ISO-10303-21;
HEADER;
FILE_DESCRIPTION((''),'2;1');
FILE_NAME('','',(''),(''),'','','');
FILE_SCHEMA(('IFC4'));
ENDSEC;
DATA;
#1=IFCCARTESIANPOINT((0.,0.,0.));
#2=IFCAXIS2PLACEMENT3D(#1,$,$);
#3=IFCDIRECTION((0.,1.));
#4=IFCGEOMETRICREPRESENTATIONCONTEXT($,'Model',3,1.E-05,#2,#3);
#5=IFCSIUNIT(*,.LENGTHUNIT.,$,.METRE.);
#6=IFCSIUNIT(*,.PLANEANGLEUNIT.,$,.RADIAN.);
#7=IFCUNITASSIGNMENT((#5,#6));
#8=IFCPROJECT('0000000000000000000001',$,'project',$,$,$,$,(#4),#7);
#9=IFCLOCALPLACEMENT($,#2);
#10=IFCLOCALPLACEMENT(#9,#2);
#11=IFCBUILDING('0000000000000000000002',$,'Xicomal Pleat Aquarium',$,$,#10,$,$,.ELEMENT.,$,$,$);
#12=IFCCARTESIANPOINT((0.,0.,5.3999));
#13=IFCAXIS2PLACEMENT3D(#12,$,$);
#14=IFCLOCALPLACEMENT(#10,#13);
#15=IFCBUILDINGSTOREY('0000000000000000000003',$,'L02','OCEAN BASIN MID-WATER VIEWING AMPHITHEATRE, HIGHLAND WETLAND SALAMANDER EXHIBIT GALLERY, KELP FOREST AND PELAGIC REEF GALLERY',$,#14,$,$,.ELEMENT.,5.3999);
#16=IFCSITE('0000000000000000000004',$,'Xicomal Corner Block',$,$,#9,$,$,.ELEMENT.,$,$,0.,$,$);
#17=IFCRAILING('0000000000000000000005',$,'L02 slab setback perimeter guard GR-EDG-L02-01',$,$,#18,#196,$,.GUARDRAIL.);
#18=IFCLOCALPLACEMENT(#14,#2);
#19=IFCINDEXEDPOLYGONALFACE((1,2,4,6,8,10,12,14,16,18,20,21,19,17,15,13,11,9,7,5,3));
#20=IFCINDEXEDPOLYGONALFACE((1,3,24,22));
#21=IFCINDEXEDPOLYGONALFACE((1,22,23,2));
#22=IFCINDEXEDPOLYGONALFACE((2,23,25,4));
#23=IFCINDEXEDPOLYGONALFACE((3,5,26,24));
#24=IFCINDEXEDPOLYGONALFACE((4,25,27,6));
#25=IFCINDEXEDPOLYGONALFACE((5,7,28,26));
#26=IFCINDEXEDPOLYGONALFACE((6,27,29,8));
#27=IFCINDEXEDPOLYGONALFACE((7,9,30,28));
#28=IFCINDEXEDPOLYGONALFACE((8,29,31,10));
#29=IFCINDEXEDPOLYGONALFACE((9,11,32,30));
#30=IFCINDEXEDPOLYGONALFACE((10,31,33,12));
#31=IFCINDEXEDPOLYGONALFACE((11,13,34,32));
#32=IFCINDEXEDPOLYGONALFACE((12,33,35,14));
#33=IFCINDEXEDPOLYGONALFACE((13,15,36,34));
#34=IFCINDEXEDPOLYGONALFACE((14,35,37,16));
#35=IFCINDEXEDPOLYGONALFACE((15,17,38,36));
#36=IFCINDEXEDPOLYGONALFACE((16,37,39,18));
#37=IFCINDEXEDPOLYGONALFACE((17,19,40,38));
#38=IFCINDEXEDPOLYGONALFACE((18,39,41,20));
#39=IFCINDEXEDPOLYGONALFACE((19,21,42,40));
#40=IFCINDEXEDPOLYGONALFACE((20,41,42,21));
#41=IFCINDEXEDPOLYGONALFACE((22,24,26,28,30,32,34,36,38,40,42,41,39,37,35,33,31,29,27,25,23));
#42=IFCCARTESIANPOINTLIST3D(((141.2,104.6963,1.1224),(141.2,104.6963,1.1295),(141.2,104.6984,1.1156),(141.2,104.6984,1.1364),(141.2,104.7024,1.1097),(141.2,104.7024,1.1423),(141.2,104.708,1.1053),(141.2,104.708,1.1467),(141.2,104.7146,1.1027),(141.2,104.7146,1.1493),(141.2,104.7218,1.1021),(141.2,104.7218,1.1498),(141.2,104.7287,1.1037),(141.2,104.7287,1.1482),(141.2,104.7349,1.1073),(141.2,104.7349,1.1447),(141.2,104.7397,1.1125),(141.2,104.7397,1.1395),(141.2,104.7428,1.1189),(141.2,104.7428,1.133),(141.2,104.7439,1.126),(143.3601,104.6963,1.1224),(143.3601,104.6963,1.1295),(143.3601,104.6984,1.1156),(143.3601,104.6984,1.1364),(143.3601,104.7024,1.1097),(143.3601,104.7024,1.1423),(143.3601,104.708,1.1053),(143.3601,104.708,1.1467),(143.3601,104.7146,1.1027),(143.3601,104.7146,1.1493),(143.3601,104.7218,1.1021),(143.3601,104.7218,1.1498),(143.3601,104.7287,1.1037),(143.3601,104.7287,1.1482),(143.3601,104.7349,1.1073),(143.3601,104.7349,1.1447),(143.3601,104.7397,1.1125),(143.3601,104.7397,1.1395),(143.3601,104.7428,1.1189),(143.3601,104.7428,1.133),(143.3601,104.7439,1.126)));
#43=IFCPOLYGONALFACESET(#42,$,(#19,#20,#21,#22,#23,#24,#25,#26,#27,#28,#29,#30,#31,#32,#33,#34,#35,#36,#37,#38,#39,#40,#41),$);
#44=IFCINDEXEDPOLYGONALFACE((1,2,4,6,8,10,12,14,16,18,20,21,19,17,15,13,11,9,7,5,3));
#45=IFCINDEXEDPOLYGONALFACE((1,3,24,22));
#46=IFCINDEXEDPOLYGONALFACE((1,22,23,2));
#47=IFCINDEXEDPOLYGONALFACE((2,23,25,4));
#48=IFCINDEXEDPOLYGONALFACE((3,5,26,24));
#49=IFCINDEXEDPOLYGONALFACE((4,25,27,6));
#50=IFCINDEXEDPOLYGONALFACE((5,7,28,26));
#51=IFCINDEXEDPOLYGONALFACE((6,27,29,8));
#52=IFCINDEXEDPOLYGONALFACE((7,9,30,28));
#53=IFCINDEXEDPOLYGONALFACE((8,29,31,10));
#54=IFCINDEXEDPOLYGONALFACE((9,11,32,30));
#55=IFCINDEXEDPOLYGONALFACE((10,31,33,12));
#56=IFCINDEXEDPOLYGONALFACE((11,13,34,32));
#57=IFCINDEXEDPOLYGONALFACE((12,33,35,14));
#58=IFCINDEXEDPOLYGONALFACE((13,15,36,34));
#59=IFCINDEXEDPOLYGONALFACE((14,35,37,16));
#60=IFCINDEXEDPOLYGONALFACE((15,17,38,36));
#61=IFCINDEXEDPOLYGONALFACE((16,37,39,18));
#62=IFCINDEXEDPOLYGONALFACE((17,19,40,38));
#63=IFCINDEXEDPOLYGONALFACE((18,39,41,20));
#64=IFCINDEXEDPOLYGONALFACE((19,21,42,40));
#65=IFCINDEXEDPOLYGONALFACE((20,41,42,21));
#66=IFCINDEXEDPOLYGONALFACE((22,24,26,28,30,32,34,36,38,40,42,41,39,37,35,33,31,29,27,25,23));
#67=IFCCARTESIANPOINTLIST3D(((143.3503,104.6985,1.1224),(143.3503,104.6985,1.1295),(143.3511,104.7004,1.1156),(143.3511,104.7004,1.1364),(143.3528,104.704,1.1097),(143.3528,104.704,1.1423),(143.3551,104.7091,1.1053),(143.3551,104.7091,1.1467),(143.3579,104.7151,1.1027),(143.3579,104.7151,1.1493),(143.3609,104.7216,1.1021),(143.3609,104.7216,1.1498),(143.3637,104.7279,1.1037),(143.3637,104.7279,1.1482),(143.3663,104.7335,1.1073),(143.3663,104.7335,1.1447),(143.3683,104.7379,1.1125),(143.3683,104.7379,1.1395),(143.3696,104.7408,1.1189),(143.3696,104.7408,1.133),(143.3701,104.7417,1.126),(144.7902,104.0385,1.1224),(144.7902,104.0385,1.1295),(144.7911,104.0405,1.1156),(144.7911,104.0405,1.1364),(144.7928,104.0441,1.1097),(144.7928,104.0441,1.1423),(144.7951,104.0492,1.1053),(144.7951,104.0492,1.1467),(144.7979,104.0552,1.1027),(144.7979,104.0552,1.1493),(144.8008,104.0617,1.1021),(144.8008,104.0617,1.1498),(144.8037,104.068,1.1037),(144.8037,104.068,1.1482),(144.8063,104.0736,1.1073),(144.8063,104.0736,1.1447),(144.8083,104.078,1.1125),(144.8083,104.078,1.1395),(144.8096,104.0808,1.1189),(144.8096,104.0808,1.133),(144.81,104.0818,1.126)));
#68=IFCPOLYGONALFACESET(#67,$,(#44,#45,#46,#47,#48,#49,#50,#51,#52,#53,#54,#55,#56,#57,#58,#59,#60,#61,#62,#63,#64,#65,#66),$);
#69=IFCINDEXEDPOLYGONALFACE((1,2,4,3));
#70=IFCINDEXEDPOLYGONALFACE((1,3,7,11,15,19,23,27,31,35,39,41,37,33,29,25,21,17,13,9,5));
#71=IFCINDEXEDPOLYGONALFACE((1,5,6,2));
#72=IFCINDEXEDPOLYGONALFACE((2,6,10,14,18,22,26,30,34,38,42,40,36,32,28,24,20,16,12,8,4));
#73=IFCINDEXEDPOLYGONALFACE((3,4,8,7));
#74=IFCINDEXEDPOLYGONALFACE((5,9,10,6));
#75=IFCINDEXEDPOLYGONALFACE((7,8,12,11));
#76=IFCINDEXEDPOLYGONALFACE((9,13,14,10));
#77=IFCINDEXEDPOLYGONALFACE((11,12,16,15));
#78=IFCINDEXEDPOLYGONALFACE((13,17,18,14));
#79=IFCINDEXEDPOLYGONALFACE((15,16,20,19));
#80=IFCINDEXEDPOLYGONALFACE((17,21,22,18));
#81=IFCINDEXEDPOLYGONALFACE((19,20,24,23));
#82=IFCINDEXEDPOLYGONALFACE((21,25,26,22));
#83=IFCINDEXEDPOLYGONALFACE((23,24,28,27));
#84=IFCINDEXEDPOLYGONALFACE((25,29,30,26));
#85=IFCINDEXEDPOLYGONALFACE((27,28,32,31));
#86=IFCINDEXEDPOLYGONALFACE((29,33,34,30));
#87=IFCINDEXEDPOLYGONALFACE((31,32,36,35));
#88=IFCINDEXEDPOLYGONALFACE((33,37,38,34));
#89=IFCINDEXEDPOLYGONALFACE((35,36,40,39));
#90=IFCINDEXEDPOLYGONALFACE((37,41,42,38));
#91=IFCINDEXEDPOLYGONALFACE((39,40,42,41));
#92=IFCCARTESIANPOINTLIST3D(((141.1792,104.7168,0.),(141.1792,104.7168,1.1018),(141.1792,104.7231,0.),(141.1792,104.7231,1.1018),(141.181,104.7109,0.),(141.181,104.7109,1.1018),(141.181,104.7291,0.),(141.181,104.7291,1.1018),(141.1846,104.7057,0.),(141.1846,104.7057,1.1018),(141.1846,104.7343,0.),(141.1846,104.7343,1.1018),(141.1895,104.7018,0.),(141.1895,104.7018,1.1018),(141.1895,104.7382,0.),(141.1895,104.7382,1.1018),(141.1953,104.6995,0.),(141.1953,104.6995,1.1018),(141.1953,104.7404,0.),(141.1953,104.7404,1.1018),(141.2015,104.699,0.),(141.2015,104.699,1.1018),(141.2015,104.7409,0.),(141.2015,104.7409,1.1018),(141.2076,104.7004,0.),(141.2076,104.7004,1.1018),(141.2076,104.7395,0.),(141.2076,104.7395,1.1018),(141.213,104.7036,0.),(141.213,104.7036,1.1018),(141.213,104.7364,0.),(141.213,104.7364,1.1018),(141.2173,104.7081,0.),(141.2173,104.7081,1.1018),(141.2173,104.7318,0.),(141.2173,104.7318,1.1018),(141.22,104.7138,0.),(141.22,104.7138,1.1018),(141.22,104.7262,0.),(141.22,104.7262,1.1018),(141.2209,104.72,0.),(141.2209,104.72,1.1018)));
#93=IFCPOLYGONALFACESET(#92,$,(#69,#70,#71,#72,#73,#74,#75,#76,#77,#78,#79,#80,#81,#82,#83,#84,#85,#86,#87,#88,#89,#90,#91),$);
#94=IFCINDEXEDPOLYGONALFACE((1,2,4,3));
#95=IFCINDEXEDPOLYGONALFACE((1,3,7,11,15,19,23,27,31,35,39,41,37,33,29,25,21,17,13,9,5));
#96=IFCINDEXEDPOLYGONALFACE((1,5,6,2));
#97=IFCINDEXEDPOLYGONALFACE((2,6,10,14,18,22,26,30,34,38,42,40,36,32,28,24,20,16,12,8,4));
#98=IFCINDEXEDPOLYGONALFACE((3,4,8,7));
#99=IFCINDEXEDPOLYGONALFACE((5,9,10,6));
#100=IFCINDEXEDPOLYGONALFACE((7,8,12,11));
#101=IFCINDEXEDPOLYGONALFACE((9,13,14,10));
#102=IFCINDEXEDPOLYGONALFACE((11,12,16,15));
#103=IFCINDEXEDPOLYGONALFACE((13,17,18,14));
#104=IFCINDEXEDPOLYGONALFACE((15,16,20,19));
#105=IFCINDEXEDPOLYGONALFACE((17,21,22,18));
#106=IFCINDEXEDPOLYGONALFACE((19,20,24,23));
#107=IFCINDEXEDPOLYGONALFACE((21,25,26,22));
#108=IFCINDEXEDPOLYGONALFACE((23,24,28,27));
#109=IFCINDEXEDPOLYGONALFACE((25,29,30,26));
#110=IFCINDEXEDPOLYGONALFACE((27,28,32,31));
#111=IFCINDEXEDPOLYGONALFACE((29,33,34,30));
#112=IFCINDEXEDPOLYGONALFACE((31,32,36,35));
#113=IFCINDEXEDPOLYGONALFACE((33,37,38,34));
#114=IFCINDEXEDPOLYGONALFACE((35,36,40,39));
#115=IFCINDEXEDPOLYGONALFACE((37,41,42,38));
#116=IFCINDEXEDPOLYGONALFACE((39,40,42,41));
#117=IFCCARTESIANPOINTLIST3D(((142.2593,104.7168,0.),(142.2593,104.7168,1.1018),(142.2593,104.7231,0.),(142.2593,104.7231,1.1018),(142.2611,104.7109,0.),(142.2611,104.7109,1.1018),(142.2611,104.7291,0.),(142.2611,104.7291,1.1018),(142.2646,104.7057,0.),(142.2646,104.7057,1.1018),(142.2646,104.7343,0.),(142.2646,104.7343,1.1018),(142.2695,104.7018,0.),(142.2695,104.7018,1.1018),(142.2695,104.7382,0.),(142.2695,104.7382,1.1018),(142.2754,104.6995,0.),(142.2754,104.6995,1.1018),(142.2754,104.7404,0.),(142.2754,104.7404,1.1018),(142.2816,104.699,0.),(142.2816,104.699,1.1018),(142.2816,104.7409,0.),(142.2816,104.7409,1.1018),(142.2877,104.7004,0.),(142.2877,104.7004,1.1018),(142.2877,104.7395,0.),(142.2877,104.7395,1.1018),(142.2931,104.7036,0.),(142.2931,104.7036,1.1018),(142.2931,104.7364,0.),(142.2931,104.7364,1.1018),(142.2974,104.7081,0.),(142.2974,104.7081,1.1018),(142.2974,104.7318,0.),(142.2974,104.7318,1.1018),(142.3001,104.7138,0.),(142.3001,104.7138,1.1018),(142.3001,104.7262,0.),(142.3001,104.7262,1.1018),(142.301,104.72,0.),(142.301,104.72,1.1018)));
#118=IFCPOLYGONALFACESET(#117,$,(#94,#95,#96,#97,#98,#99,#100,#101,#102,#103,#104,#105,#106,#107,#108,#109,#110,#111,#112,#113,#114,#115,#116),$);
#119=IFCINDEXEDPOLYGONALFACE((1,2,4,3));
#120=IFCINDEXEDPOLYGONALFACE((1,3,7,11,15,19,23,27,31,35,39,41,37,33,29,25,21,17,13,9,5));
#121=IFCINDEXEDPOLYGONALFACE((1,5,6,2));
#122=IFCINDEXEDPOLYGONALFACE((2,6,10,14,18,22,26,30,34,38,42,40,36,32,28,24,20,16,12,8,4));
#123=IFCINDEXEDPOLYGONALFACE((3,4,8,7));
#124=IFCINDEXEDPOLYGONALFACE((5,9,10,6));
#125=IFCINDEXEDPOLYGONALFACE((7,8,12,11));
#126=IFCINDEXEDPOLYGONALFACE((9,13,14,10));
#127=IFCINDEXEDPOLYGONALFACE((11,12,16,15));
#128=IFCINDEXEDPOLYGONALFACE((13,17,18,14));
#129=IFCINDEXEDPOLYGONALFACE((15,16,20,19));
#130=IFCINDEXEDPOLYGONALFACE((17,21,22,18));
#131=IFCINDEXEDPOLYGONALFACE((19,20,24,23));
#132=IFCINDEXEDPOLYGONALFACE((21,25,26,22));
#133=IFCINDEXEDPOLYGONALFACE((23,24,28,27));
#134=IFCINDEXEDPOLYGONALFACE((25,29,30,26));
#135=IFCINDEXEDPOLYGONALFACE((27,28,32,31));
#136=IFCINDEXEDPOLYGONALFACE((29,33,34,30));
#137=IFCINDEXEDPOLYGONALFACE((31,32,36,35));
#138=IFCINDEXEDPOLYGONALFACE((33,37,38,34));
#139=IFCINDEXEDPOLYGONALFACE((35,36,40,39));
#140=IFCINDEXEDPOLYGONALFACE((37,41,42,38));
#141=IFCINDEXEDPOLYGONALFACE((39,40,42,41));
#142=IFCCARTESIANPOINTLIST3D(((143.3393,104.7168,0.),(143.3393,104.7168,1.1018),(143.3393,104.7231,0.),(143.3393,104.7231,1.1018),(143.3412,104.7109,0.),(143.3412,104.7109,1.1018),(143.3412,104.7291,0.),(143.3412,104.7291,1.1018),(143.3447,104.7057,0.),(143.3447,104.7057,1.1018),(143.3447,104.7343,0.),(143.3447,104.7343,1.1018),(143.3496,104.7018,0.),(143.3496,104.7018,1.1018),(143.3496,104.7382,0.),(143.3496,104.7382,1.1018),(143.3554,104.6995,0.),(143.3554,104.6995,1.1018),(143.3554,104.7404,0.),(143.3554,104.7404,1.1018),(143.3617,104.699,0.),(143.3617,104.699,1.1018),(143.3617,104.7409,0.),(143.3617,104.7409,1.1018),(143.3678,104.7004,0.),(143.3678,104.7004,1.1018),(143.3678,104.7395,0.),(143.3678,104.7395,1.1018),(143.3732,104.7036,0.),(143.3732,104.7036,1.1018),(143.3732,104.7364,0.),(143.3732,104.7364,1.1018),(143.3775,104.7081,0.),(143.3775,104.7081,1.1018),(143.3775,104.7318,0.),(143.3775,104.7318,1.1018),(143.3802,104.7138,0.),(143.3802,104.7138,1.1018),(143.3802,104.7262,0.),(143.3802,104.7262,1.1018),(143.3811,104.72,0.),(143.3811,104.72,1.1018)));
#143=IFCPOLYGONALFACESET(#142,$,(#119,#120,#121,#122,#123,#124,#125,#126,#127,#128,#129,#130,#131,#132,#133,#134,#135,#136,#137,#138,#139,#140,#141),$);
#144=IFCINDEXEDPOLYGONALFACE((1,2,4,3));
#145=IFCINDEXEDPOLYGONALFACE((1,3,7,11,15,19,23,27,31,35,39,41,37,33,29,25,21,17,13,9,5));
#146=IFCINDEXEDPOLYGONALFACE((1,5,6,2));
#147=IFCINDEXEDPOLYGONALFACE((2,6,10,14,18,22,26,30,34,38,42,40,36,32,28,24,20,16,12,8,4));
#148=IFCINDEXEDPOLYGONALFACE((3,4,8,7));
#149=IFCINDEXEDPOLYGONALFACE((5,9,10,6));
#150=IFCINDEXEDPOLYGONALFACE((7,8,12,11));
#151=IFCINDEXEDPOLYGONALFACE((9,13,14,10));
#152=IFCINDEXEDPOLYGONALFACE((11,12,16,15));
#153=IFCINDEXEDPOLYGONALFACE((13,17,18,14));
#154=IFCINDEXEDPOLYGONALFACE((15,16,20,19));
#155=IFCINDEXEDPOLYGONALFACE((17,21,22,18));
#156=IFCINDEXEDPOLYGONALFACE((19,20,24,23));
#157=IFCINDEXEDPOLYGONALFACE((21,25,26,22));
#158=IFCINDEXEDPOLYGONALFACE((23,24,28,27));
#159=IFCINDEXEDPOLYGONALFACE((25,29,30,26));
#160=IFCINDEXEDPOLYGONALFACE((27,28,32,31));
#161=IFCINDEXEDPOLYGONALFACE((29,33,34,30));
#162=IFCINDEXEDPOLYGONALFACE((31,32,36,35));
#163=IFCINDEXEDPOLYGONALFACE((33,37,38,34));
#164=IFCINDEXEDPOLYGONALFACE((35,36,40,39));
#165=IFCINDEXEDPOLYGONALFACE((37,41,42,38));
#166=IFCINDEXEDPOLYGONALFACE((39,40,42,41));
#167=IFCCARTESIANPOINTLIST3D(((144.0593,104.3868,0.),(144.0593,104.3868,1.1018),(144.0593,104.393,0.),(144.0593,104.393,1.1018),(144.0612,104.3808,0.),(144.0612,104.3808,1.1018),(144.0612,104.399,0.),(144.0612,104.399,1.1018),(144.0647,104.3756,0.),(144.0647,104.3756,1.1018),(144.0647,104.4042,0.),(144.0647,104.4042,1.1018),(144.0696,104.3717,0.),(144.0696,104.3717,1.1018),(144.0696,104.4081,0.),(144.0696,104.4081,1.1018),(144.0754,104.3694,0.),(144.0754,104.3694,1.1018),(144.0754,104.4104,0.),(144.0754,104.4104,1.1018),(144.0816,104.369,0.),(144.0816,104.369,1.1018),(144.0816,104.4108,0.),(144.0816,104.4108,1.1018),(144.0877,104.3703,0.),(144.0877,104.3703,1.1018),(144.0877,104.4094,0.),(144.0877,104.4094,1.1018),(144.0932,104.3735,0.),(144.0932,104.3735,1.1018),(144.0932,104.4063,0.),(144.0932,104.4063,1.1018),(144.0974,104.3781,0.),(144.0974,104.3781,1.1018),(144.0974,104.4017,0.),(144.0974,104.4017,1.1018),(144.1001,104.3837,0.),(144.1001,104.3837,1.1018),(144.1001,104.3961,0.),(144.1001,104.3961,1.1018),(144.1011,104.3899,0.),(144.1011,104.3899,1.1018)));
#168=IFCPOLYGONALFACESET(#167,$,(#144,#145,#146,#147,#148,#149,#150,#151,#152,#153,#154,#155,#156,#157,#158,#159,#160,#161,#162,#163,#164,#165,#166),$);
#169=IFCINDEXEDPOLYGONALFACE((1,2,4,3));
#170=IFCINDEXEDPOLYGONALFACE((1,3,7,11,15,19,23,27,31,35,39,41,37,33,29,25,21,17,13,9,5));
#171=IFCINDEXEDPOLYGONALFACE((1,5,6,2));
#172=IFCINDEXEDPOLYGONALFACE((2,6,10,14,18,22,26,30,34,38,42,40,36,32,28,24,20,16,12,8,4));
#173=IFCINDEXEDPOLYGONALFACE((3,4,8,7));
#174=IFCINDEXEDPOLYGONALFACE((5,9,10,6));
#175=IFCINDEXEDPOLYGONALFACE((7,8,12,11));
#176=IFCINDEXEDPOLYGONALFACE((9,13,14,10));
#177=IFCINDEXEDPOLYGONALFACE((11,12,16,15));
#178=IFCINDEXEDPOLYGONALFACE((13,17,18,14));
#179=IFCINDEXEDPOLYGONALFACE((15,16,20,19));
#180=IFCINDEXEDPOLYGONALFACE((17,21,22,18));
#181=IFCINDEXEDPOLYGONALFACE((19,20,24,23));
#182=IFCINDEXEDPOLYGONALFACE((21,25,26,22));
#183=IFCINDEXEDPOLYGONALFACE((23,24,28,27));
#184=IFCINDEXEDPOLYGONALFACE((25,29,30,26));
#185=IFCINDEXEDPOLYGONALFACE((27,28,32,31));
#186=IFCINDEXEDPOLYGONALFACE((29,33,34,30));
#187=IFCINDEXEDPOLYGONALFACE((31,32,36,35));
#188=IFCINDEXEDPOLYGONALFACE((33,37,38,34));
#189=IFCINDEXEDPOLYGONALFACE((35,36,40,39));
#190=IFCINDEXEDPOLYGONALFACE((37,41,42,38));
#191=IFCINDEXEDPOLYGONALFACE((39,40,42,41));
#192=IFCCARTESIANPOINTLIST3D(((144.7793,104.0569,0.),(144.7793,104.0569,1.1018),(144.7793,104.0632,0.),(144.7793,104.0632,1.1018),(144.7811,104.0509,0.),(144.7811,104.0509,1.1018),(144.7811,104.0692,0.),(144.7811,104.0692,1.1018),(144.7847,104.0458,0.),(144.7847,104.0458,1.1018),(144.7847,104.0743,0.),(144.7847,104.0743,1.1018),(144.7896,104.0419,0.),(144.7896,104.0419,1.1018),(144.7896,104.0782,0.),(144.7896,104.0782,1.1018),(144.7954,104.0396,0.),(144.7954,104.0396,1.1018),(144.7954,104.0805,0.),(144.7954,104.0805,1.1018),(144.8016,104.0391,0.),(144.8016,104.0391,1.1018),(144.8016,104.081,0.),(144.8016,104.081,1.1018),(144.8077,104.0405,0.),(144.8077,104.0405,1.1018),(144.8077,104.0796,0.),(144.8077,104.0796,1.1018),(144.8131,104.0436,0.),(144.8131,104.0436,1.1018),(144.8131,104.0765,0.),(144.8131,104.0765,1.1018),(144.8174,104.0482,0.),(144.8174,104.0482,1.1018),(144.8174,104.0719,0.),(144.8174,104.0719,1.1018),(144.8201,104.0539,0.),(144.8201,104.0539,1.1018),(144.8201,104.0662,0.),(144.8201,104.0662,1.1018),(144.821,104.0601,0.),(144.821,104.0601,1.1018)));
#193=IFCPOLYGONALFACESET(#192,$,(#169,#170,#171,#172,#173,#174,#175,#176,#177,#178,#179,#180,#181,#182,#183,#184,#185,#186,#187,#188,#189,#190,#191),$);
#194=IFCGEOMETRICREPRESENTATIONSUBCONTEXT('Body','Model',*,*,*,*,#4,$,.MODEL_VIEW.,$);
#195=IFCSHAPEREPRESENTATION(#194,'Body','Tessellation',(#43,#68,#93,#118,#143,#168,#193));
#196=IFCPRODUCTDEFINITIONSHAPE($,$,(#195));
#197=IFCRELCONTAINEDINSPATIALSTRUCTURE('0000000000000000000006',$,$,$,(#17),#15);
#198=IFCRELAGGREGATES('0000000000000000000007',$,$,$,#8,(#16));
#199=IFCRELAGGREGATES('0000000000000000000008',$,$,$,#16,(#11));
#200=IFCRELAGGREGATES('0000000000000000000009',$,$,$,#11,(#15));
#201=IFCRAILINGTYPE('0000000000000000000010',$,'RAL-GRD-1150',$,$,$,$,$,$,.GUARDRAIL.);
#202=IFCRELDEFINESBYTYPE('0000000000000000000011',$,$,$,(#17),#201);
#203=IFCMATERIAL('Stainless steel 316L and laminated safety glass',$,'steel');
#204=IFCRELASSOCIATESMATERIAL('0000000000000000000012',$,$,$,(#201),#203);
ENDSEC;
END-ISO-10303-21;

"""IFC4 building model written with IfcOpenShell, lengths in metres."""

from ifc_helpers import new_model, si_unit, direction, frame, origin, origin_2d, place, context, subcontext, project, spatial, circle, extrude, material, type_object, element, save


model = new_model("IFC4")

# Units and contexts
model_context = context("Model", 3, precision=1e-05, world=origin(), true_north=direction((0.0, 1.0)))
body_context = subcontext(model_context, "Body", "Model", "MODEL_VIEW")
ifc_project = project(units=[si_unit("LENGTHUNIT", "METRE"), si_unit("PLANEANGLEUNIT", "RADIAN")], contexts=[model_context])

# Site, building, storey
site_placement = place(None, origin())
site = spatial("IfcSite", under=ifc_project, at=site_placement, Name="Xicomal Corner Block", CompositionType="ELEMENT", RefElevation=0.0)
building_placement = place(site_placement, origin())
building = spatial("IfcBuilding", under=site, at=building_placement, Name="Xicomal Pleat Aquarium", CompositionType="ELEMENT")
storey_placement = place(building_placement, frame((0.0, 0.0, 5.3999)))
storey = spatial("IfcBuildingStorey", under=building, at=storey_placement, Name="L02", Description="OCEAN BASIN MID-WATER VIEWING AMPHITHEATRE, HIGHLAND WETLAND SALAMANDER EXHIBIT GALLERY, KELP FOREST AND PELAGIC REEF GALLERY", CompositionType="ELEMENT", Elevation=5.3999)

# Railing
ifc_material_1 = material(Name="Stainless steel 316L and laminated safety glass", Category="steel")
railing_type = type_object("IfcRailingType", Name="RAL-GRD-1150", PredefinedType="GUARDRAIL", material=ifc_material_1)
railing_placement = place(storey_placement, frame((141.2, 104.72, 0.0)))
element("IfcRailing", 1, at=railing_placement, inside=storey, type_object=railing_type, Name="L02 slab setback perimeter guard GR-EDG-L02-01", PredefinedType="GUARDRAIL", context=body_context, shape_type="SweptSolid", body=[
    extrude(circle(Radius=0.0239, at=origin_2d()), frame((0.0, 0.0, 1.126), z_axis=(1.0, 0.0, 0.0), x_axis=(0.0, 1.0, 0.0)), (0.0, 0.0, 1.0), 2.1602),
    extrude(circle(Radius=0.0239, at=origin_2d()), frame((2.1602, 0.0, 1.126), z_axis=(0.909079, -0.416623, 0.0), x_axis=(0.416623, 0.909079, 0.0)), (0.0, 0.0, 1.0), 1.584),
    extrude(circle(Radius=0.021, at=origin_2d()), origin(), (0.0, 0.0, 1.0), 1.1018),
    extrude(circle(Radius=0.021, at=origin_2d()), frame((1.0801, 0.0, 0.0)), (0.0, 0.0, 1.0), 1.1018),
    extrude(circle(Radius=0.021, at=origin_2d()), frame((2.1602, 0.0, 0.0)), (0.0, 0.0, 1.0), 1.1018),
    extrude(circle(Radius=0.021, at=origin_2d()), frame((2.8801, -0.3301, 0.0)), (0.0, 0.0, 1.0), 1.1018),
    extrude(circle(Radius=0.021, at=origin_2d()), frame((3.6001, -0.6599, 0.0)), (0.0, 0.0, 1.0), 1.1018),
])

save(model, "model.ifc")
